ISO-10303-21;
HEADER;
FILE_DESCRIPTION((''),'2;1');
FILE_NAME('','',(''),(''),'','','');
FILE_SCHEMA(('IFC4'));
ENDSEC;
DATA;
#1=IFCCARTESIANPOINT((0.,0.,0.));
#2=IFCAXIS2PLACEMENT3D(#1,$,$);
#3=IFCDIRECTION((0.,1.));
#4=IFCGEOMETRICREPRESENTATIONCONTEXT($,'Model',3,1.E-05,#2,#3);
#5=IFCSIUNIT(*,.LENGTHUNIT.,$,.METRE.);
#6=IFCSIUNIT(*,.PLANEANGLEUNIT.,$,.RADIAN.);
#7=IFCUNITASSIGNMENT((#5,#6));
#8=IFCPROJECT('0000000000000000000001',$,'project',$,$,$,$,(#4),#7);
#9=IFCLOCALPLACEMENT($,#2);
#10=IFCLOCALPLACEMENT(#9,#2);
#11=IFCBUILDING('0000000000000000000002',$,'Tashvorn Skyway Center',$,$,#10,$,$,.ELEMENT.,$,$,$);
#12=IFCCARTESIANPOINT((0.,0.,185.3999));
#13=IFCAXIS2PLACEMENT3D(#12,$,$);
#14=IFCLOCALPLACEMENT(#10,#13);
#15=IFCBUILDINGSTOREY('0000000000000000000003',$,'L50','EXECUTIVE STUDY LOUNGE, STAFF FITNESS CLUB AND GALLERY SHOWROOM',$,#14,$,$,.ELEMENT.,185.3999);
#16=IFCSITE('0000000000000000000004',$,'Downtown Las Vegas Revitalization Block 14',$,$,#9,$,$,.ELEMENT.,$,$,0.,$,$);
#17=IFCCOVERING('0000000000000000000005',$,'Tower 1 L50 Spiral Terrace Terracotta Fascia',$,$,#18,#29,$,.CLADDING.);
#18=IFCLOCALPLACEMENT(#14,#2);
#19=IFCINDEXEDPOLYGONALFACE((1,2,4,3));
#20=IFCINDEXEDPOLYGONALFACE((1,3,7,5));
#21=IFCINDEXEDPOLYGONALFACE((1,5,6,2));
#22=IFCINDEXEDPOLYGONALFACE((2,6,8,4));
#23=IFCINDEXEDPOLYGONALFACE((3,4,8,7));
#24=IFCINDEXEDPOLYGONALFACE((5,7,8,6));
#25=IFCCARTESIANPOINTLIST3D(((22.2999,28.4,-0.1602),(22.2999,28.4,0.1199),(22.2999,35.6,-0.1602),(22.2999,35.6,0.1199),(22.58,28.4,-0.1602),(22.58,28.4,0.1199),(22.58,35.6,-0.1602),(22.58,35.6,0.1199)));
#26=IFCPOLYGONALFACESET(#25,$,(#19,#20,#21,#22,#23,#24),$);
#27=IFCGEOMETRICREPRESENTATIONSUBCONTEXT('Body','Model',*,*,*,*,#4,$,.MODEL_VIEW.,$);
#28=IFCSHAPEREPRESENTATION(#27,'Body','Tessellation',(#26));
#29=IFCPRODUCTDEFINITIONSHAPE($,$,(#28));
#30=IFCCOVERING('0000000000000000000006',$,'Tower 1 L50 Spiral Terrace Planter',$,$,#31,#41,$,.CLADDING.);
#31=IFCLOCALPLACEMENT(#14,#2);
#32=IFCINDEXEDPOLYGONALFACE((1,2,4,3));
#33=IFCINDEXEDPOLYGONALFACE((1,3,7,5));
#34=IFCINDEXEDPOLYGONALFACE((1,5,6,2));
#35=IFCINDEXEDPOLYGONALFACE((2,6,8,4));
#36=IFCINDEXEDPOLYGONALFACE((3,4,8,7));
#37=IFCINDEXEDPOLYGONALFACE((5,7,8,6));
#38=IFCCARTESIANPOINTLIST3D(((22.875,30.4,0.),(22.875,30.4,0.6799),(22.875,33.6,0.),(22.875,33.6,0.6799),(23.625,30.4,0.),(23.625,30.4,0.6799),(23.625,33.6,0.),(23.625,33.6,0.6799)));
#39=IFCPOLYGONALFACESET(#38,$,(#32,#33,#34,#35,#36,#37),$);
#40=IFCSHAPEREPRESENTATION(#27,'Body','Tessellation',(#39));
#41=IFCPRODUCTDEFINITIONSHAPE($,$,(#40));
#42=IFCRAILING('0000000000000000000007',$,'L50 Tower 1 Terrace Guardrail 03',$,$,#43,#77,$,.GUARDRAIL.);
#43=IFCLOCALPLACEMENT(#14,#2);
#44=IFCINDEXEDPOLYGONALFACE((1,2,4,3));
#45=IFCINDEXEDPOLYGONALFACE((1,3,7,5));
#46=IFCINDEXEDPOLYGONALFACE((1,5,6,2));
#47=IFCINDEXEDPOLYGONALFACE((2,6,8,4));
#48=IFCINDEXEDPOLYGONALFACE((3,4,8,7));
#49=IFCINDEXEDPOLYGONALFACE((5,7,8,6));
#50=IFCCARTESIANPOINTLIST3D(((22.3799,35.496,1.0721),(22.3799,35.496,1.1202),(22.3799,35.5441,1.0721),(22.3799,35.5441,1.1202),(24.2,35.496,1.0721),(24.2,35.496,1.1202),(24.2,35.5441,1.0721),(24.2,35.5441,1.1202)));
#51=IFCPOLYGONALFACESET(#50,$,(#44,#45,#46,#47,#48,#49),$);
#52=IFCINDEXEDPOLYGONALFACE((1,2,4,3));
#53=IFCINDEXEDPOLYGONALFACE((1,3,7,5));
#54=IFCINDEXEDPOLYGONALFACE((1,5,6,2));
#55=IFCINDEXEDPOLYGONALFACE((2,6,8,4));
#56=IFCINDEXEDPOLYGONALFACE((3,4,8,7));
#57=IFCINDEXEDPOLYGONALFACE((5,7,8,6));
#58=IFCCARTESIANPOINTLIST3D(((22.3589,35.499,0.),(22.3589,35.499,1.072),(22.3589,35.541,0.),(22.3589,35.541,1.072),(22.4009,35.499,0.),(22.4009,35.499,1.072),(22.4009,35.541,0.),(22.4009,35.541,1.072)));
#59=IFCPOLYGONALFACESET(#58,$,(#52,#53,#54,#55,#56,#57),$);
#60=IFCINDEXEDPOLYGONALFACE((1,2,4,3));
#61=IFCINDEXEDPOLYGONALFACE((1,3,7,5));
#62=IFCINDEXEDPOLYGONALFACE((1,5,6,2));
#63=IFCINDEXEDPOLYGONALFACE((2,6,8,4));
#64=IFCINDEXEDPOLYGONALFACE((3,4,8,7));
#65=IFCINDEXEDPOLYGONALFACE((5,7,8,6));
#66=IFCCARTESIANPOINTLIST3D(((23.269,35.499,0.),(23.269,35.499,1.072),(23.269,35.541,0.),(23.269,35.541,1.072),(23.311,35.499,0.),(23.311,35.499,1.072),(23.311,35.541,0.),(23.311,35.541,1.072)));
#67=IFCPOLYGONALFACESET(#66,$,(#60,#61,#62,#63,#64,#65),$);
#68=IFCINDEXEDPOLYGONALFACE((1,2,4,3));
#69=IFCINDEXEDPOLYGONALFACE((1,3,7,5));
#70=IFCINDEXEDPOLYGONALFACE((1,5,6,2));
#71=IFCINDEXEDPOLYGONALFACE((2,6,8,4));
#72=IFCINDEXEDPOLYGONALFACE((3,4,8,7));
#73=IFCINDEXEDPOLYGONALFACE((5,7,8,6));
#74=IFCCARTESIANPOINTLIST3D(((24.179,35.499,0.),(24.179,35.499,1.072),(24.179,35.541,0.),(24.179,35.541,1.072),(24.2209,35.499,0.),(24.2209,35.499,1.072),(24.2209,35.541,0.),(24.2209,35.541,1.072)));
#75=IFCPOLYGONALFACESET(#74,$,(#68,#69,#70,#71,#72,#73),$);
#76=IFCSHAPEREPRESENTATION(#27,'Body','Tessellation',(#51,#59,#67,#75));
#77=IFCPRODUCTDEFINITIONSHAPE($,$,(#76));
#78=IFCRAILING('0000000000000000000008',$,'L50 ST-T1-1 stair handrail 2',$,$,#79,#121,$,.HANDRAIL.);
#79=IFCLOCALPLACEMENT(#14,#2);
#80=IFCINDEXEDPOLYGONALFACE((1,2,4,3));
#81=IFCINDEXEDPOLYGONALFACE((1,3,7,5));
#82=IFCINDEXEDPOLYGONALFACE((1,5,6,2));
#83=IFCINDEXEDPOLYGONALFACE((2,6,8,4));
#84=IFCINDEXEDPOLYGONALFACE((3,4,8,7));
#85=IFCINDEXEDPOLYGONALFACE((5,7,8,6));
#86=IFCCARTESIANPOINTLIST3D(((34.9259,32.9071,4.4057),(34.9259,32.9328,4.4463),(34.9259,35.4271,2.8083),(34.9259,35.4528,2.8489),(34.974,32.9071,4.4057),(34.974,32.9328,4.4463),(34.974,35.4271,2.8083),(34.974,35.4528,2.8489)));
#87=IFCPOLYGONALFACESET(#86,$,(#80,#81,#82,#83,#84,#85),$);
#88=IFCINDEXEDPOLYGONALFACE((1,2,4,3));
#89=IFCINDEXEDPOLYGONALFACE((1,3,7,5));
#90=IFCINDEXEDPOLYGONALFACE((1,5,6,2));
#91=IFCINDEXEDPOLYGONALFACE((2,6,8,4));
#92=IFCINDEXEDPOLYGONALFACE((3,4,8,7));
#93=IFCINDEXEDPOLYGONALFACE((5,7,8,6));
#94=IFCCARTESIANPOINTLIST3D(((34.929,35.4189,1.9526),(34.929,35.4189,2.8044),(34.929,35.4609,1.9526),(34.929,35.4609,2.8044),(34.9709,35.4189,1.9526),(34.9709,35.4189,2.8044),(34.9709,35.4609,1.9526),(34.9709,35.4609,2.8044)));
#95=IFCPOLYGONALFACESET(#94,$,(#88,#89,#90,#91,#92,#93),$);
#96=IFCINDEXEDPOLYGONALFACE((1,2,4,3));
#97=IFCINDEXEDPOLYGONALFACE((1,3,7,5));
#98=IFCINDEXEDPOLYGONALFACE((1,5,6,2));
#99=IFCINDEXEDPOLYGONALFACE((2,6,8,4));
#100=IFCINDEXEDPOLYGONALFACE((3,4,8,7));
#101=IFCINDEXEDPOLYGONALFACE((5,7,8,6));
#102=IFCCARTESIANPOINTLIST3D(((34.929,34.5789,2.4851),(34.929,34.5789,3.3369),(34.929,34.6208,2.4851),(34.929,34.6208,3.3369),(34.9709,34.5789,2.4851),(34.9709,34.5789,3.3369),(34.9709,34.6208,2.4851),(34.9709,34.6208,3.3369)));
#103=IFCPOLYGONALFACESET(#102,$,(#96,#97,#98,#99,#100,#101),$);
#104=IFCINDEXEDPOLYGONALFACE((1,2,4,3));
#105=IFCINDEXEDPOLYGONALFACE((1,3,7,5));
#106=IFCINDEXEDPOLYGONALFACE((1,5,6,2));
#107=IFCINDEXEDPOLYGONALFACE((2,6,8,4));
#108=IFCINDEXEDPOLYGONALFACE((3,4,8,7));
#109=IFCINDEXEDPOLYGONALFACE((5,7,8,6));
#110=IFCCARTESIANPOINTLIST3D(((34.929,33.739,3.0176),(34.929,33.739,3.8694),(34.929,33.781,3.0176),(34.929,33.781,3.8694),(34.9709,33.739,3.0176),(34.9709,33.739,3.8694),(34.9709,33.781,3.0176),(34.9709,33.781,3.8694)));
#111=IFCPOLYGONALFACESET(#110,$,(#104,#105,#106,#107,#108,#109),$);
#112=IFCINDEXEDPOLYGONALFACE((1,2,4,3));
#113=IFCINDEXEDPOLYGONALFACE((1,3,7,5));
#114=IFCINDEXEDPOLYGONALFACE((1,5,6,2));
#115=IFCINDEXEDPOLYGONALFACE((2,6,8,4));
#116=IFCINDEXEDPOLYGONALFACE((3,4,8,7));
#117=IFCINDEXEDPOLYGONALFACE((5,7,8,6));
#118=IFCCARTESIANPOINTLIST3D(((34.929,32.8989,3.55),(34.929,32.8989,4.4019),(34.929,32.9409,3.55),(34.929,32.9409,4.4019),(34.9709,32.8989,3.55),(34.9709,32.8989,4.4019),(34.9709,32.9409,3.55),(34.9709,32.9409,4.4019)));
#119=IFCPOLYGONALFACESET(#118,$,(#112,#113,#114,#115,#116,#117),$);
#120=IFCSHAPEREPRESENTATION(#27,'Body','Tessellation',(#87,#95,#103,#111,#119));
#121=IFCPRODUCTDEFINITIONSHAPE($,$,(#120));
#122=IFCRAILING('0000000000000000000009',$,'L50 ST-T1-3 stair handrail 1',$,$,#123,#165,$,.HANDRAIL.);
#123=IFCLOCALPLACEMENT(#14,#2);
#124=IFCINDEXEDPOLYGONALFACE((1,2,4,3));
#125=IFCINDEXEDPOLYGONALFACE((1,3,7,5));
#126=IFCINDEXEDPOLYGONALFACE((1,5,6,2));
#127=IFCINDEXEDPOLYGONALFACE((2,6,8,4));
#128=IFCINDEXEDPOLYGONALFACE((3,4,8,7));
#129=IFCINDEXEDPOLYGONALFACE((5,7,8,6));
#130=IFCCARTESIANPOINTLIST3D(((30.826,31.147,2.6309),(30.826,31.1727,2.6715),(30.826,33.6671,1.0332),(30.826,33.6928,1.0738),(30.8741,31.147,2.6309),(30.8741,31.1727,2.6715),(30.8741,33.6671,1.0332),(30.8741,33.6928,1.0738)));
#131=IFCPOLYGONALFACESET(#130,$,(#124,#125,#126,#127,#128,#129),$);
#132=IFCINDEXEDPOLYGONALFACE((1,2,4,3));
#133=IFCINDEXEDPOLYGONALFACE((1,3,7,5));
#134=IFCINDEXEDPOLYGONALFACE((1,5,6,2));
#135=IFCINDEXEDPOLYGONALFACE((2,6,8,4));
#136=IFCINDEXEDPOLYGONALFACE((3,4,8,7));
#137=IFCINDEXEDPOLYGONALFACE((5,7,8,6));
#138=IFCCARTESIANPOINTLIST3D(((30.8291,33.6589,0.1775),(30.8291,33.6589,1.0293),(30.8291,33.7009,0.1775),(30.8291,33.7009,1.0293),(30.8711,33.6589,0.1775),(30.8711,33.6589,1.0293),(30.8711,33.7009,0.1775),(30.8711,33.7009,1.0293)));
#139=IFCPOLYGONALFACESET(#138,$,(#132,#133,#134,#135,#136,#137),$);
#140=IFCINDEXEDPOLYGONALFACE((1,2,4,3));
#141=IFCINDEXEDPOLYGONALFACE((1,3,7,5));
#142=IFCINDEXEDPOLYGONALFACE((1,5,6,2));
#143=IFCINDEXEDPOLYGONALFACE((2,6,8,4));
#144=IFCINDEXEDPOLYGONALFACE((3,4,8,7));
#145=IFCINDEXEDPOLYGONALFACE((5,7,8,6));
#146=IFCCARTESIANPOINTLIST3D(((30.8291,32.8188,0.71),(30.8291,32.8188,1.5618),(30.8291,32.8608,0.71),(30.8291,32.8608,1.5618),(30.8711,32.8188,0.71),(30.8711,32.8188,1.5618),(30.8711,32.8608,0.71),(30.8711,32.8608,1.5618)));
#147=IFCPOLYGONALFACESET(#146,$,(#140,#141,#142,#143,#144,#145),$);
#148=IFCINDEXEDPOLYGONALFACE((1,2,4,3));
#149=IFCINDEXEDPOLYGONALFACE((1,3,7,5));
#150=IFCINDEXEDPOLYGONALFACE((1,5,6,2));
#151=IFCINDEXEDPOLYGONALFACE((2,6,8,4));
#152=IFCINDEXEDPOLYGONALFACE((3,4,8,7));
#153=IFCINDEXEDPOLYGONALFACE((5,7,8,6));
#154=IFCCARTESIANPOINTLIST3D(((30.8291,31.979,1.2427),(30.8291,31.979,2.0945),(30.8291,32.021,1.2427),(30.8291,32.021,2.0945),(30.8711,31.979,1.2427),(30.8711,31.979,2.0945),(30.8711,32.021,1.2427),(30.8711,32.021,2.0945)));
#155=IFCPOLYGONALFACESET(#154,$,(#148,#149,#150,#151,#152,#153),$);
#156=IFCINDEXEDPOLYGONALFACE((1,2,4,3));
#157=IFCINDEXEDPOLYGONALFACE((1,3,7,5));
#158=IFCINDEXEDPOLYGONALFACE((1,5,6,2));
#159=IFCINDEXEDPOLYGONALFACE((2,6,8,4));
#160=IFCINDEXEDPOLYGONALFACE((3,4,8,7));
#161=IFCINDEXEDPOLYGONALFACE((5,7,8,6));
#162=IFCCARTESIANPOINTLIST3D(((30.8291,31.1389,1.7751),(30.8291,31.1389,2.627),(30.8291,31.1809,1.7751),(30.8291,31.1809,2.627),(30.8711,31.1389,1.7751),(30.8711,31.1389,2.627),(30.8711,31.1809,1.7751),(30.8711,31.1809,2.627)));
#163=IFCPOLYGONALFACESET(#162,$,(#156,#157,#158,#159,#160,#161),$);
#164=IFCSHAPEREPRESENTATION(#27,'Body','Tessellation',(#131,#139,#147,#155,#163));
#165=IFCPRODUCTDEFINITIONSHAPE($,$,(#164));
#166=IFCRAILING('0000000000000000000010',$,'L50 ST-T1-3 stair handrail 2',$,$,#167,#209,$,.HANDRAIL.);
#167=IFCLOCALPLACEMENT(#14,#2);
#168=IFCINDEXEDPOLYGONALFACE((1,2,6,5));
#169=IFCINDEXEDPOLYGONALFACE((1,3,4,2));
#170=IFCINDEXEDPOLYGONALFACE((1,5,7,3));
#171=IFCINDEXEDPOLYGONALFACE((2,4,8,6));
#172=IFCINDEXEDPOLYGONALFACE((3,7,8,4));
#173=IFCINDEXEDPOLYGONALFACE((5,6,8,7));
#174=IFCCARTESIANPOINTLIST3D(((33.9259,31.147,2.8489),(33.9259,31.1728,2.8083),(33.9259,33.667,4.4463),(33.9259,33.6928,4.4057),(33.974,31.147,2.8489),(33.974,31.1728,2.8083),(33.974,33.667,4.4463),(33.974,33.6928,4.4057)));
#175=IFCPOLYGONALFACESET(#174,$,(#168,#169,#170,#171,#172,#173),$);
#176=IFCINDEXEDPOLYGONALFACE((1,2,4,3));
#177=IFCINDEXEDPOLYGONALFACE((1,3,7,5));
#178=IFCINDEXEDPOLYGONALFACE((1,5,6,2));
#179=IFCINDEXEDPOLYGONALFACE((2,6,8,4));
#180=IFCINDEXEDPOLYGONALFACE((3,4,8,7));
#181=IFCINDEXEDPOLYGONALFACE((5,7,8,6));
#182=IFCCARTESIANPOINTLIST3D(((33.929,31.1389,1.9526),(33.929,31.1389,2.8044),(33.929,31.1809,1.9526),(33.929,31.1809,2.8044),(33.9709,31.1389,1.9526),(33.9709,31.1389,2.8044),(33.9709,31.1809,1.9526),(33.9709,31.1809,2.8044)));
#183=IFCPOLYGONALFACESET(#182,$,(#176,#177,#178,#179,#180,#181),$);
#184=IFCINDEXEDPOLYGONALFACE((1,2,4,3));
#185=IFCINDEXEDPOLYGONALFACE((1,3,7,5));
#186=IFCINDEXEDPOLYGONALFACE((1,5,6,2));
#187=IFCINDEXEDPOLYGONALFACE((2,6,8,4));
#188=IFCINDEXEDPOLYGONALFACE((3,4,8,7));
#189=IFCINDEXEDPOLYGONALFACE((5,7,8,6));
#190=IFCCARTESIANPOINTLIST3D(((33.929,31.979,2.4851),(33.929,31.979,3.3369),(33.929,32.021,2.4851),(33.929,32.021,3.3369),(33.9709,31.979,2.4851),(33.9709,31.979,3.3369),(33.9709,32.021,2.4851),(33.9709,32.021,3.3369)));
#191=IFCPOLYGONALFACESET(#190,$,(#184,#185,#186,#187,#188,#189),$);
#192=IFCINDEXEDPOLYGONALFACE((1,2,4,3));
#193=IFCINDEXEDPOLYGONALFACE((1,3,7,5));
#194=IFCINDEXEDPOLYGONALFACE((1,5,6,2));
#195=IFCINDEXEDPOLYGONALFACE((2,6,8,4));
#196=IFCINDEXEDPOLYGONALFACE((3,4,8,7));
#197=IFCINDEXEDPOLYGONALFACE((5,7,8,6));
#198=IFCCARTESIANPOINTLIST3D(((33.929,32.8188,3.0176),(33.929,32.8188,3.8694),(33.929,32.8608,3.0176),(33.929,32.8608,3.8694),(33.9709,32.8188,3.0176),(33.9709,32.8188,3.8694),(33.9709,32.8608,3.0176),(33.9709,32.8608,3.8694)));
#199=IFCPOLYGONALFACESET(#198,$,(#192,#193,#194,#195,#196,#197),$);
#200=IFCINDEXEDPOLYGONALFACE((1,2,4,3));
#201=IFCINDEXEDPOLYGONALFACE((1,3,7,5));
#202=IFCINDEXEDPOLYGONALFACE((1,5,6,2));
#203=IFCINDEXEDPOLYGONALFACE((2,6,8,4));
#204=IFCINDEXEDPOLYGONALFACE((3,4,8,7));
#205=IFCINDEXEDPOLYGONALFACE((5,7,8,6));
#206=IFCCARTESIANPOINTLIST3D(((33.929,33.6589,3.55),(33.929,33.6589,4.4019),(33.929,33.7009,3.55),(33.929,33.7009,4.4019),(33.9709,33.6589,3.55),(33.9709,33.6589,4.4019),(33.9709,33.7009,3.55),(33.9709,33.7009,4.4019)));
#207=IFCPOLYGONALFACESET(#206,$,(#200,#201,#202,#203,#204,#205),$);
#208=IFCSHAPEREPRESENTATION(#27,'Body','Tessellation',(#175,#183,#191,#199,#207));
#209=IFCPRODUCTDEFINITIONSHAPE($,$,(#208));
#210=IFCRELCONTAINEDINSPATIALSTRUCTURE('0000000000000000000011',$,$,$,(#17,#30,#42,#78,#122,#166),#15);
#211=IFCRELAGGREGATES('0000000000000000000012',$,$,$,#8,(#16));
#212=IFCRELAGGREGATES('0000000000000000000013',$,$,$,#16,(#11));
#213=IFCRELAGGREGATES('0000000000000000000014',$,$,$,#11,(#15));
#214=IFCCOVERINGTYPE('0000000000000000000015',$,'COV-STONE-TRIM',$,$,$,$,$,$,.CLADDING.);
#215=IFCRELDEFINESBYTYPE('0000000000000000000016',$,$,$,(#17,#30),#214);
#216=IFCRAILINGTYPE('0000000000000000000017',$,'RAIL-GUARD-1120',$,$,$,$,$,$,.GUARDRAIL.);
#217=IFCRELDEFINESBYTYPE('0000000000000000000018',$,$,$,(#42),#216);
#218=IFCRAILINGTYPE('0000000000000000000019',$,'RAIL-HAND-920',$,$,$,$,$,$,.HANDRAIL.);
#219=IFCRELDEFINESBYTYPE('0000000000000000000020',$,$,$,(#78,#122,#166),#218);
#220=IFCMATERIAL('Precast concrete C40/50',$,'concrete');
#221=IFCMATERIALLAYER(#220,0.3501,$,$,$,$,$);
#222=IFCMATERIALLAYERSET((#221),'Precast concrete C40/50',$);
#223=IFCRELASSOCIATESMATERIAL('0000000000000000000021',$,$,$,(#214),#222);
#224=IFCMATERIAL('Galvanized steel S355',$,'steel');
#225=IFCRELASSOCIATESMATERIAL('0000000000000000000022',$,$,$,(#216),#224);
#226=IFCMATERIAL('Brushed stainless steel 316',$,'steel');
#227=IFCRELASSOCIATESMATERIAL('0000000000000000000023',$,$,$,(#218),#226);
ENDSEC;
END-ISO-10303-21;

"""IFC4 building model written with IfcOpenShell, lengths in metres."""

from ifc_helpers import new_model, si_unit, direction, frame, origin, origin_2d, place, context, subcontext, project, spatial, rectangle, extrude, material, layer, layer_set, type_object, element, save


model = new_model("IFC4")

# Units and contexts
model_context = context("Model", 3, precision=1e-05, world=origin(), true_north=direction((0.0, 1.0)))
body_context = subcontext(model_context, "Body", "Model", "MODEL_VIEW")
ifc_project = project(units=[si_unit("LENGTHUNIT", "METRE"), si_unit("PLANEANGLEUNIT", "RADIAN")], contexts=[model_context])

# Site, building, storey
site_placement = place(None, origin())
site = spatial("IfcSite", under=ifc_project, at=site_placement, Name="Downtown Las Vegas Revitalization Block 14", CompositionType="ELEMENT", RefElevation=0.0)
building_placement = place(site_placement, origin())
building = spatial("IfcBuilding", under=site, at=building_placement, Name="Tashvorn Skyway Center", CompositionType="ELEMENT")
storey_placement = place(building_placement, frame((0.0, 0.0, 185.3999)))
storey = spatial("IfcBuildingStorey", under=building, at=storey_placement, Name="L50", Description="EXECUTIVE STUDY LOUNGE, STAFF FITNESS CLUB AND GALLERY SHOWROOM", CompositionType="ELEMENT", Elevation=185.3999)

# Coverings
ifc_material_1 = material(Name="Precast concrete C40/50", Category="concrete")
ifc_layer_1 = layer(ifc_material_1, 0.3501)
ifc_layer_set_1 = layer_set([ifc_layer_1], Name="Precast concrete C40/50")
covering_type_1 = type_object("IfcCoveringType", Name="COV-STONE-TRIM", PredefinedType="CLADDING", material=ifc_layer_set_1)
covering_1_placement = place(storey_placement, frame((22.4399, 32.0, -0.1602), z_axis=(0.0, 0.0, 1.0), x_axis=(0.0, 1.0, 0.0)))
element("IfcCovering", 1, at=covering_1_placement, inside=storey, type_object=covering_type_1, Name="Tower 1 L50 Spiral Terrace Terracotta Fascia", PredefinedType="CLADDING", context=body_context, shape_type="SweptSolid", body=[
    extrude(rectangle(XDim=7.2, YDim=0.28, at=origin_2d()), origin(), (0.0, 0.0, 1.0), 0.28),
])
covering_2_placement = place(storey_placement, frame((23.25, 32.0, 0.0), z_axis=(0.0, 0.0, 1.0), x_axis=(0.0, 1.0, 0.0)))
element("IfcCovering", 2, at=covering_2_placement, inside=storey, type_object=covering_type_1, Name="Tower 1 L50 Spiral Terrace Planter", PredefinedType="CLADDING", context=body_context, shape_type="SweptSolid", body=[
    extrude(rectangle(XDim=3.2, YDim=0.75, at=origin_2d()), origin(), (0.0, 0.0, 1.0), 0.6799),
])

# Railings
ifc_material_2 = material(Name="Galvanized steel S355", Category="steel")
railing_type_1 = type_object("IfcRailingType", Name="RAIL-GUARD-1120", PredefinedType="GUARDRAIL", material=ifc_material_2)
railing_1_placement = place(storey_placement, frame((22.3799, 35.52, 0.0)))
element("IfcRailing", 3, at=railing_1_placement, inside=storey, type_object=railing_type_1, Name="L50 Tower 1 Terrace Guardrail 03", PredefinedType="GUARDRAIL", context=body_context, shape_type="SweptSolid", body=[
    extrude(rectangle(XDim=0.0481, YDim=0.0481, at=origin_2d()), frame((0.0, 0.0, 1.0962), z_axis=(1.0, 0.0, 0.0), x_axis=(0.0, 1.0, 0.0)), (0.0, 0.0, 1.0), 1.8201),
    extrude(rectangle(XDim=0.042, YDim=0.042, at=origin_2d()), origin(), (0.0, 0.0, 1.0), 1.072),
    extrude(rectangle(XDim=0.042, YDim=0.042, at=origin_2d()), frame((0.9102, 0.0, 0.0)), (0.0, 0.0, 1.0), 1.072),
    extrude(rectangle(XDim=0.042, YDim=0.042, at=origin_2d()), frame((1.8201, 0.0, 0.0)), (0.0, 0.0, 1.0), 1.072),
])
ifc_material_3 = material(Name="Brushed stainless steel 316", Category="steel")
railing_type_2 = type_object("IfcRailingType", Name="RAIL-HAND-920", PredefinedType="HANDRAIL", material=ifc_material_3)
railing_2_placement = place(storey_placement, frame((34.95, 35.4399, 1.9526)))
element("IfcRailing", 4, at=railing_2_placement, inside=storey, type_object=railing_type_2, Name="L50 ST-T1-1 stair handrail 2", PredefinedType="HANDRAIL", context=body_context, shape_type="SweptSolid", body=[
    extrude(rectangle(XDim=0.0481, YDim=0.0481, at=origin_2d()), frame((0.0, 0.0, 0.876), z_axis=(0.0, -0.844607, 0.535387), x_axis=(1.0, 0.0, 0.0)), (0.0, 0.0, 1.0), 2.9836),
    extrude(rectangle(XDim=0.042, YDim=0.042, at=origin_2d()), origin(), (0.0, 0.0, 1.0), 0.8518),
    extrude(rectangle(XDim=0.042, YDim=0.042, at=origin_2d()), frame((0.0, -0.8401, 0.5325)), (0.0, 0.0, 1.0), 0.8518),
    extrude(rectangle(XDim=0.042, YDim=0.042, at=origin_2d()), frame((0.0, -1.6799, 1.0649)), (0.0, 0.0, 1.0), 0.8518),
    extrude(rectangle(XDim=0.042, YDim=0.042, at=origin_2d()), frame((0.0, -2.52, 1.5974)), (0.0, 0.0, 1.0), 0.8518),
])
railing_3_placement = place(storey_placement, frame((30.8501, 33.6799, 0.1775)))
element("IfcRailing", 5, at=railing_3_placement, inside=storey, type_object=railing_type_2, Name="L50 ST-T1-3 stair handrail 1", PredefinedType="HANDRAIL", context=body_context, shape_type="SweptSolid", body=[
    extrude(rectangle(XDim=0.0481, YDim=0.0481, at=origin_2d()), frame((0.0, 0.0, 0.876), z_axis=(0.0, -0.84457, 0.535445), x_axis=(1.0, 0.0, 0.0)), (0.0, 0.0, 1.0), 2.9839),
    extrude(rectangle(XDim=0.042, YDim=0.042, at=origin_2d()), origin(), (0.0, 0.0, 1.0), 0.8518),
    extrude(rectangle(XDim=0.042, YDim=0.042, at=origin_2d()), frame((0.0, -0.8401, 0.5325)), (0.0, 0.0, 1.0), 0.8518),
    extrude(rectangle(XDim=0.042, YDim=0.042, at=origin_2d()), frame((0.0, -1.6799, 1.0652)), (0.0, 0.0, 1.0), 0.8518),
    extrude(rectangle(XDim=0.042, YDim=0.042, at=origin_2d()), frame((0.0, -2.52, 1.5977)), (0.0, 0.0, 1.0), 0.8518),
])
railing_4_placement = place(storey_placement, frame((33.95, 31.1599, 1.9526)))
element("IfcRailing", 6, at=railing_4_placement, inside=storey, type_object=railing_type_2, Name="L50 ST-T1-3 stair handrail 2", PredefinedType="HANDRAIL", context=body_context, shape_type="SweptSolid", body=[
    extrude(rectangle(XDim=0.0481, YDim=0.0481, at=origin_2d()), frame((0.0, 0.0, 0.876), z_axis=(0.0, 0.844607, 0.535387), x_axis=(-1.0, 0.0, 0.0)), (0.0, 0.0, 1.0), 2.9836),
    extrude(rectangle(XDim=0.042, YDim=0.042, at=origin_2d()), origin(), (0.0, 0.0, 1.0), 0.8518),
    extrude(rectangle(XDim=0.042, YDim=0.042, at=origin_2d()), frame((0.0, 0.8401, 0.5325)), (0.0, 0.0, 1.0), 0.8518),
    extrude(rectangle(XDim=0.042, YDim=0.042, at=origin_2d()), frame((0.0, 1.6799, 1.0649)), (0.0, 0.0, 1.0), 0.8518),
    extrude(rectangle(XDim=0.042, YDim=0.042, at=origin_2d()), frame((0.0, 2.52, 1.5974)), (0.0, 0.0, 1.0), 0.8518),
])

save(model, "model.ifc")
